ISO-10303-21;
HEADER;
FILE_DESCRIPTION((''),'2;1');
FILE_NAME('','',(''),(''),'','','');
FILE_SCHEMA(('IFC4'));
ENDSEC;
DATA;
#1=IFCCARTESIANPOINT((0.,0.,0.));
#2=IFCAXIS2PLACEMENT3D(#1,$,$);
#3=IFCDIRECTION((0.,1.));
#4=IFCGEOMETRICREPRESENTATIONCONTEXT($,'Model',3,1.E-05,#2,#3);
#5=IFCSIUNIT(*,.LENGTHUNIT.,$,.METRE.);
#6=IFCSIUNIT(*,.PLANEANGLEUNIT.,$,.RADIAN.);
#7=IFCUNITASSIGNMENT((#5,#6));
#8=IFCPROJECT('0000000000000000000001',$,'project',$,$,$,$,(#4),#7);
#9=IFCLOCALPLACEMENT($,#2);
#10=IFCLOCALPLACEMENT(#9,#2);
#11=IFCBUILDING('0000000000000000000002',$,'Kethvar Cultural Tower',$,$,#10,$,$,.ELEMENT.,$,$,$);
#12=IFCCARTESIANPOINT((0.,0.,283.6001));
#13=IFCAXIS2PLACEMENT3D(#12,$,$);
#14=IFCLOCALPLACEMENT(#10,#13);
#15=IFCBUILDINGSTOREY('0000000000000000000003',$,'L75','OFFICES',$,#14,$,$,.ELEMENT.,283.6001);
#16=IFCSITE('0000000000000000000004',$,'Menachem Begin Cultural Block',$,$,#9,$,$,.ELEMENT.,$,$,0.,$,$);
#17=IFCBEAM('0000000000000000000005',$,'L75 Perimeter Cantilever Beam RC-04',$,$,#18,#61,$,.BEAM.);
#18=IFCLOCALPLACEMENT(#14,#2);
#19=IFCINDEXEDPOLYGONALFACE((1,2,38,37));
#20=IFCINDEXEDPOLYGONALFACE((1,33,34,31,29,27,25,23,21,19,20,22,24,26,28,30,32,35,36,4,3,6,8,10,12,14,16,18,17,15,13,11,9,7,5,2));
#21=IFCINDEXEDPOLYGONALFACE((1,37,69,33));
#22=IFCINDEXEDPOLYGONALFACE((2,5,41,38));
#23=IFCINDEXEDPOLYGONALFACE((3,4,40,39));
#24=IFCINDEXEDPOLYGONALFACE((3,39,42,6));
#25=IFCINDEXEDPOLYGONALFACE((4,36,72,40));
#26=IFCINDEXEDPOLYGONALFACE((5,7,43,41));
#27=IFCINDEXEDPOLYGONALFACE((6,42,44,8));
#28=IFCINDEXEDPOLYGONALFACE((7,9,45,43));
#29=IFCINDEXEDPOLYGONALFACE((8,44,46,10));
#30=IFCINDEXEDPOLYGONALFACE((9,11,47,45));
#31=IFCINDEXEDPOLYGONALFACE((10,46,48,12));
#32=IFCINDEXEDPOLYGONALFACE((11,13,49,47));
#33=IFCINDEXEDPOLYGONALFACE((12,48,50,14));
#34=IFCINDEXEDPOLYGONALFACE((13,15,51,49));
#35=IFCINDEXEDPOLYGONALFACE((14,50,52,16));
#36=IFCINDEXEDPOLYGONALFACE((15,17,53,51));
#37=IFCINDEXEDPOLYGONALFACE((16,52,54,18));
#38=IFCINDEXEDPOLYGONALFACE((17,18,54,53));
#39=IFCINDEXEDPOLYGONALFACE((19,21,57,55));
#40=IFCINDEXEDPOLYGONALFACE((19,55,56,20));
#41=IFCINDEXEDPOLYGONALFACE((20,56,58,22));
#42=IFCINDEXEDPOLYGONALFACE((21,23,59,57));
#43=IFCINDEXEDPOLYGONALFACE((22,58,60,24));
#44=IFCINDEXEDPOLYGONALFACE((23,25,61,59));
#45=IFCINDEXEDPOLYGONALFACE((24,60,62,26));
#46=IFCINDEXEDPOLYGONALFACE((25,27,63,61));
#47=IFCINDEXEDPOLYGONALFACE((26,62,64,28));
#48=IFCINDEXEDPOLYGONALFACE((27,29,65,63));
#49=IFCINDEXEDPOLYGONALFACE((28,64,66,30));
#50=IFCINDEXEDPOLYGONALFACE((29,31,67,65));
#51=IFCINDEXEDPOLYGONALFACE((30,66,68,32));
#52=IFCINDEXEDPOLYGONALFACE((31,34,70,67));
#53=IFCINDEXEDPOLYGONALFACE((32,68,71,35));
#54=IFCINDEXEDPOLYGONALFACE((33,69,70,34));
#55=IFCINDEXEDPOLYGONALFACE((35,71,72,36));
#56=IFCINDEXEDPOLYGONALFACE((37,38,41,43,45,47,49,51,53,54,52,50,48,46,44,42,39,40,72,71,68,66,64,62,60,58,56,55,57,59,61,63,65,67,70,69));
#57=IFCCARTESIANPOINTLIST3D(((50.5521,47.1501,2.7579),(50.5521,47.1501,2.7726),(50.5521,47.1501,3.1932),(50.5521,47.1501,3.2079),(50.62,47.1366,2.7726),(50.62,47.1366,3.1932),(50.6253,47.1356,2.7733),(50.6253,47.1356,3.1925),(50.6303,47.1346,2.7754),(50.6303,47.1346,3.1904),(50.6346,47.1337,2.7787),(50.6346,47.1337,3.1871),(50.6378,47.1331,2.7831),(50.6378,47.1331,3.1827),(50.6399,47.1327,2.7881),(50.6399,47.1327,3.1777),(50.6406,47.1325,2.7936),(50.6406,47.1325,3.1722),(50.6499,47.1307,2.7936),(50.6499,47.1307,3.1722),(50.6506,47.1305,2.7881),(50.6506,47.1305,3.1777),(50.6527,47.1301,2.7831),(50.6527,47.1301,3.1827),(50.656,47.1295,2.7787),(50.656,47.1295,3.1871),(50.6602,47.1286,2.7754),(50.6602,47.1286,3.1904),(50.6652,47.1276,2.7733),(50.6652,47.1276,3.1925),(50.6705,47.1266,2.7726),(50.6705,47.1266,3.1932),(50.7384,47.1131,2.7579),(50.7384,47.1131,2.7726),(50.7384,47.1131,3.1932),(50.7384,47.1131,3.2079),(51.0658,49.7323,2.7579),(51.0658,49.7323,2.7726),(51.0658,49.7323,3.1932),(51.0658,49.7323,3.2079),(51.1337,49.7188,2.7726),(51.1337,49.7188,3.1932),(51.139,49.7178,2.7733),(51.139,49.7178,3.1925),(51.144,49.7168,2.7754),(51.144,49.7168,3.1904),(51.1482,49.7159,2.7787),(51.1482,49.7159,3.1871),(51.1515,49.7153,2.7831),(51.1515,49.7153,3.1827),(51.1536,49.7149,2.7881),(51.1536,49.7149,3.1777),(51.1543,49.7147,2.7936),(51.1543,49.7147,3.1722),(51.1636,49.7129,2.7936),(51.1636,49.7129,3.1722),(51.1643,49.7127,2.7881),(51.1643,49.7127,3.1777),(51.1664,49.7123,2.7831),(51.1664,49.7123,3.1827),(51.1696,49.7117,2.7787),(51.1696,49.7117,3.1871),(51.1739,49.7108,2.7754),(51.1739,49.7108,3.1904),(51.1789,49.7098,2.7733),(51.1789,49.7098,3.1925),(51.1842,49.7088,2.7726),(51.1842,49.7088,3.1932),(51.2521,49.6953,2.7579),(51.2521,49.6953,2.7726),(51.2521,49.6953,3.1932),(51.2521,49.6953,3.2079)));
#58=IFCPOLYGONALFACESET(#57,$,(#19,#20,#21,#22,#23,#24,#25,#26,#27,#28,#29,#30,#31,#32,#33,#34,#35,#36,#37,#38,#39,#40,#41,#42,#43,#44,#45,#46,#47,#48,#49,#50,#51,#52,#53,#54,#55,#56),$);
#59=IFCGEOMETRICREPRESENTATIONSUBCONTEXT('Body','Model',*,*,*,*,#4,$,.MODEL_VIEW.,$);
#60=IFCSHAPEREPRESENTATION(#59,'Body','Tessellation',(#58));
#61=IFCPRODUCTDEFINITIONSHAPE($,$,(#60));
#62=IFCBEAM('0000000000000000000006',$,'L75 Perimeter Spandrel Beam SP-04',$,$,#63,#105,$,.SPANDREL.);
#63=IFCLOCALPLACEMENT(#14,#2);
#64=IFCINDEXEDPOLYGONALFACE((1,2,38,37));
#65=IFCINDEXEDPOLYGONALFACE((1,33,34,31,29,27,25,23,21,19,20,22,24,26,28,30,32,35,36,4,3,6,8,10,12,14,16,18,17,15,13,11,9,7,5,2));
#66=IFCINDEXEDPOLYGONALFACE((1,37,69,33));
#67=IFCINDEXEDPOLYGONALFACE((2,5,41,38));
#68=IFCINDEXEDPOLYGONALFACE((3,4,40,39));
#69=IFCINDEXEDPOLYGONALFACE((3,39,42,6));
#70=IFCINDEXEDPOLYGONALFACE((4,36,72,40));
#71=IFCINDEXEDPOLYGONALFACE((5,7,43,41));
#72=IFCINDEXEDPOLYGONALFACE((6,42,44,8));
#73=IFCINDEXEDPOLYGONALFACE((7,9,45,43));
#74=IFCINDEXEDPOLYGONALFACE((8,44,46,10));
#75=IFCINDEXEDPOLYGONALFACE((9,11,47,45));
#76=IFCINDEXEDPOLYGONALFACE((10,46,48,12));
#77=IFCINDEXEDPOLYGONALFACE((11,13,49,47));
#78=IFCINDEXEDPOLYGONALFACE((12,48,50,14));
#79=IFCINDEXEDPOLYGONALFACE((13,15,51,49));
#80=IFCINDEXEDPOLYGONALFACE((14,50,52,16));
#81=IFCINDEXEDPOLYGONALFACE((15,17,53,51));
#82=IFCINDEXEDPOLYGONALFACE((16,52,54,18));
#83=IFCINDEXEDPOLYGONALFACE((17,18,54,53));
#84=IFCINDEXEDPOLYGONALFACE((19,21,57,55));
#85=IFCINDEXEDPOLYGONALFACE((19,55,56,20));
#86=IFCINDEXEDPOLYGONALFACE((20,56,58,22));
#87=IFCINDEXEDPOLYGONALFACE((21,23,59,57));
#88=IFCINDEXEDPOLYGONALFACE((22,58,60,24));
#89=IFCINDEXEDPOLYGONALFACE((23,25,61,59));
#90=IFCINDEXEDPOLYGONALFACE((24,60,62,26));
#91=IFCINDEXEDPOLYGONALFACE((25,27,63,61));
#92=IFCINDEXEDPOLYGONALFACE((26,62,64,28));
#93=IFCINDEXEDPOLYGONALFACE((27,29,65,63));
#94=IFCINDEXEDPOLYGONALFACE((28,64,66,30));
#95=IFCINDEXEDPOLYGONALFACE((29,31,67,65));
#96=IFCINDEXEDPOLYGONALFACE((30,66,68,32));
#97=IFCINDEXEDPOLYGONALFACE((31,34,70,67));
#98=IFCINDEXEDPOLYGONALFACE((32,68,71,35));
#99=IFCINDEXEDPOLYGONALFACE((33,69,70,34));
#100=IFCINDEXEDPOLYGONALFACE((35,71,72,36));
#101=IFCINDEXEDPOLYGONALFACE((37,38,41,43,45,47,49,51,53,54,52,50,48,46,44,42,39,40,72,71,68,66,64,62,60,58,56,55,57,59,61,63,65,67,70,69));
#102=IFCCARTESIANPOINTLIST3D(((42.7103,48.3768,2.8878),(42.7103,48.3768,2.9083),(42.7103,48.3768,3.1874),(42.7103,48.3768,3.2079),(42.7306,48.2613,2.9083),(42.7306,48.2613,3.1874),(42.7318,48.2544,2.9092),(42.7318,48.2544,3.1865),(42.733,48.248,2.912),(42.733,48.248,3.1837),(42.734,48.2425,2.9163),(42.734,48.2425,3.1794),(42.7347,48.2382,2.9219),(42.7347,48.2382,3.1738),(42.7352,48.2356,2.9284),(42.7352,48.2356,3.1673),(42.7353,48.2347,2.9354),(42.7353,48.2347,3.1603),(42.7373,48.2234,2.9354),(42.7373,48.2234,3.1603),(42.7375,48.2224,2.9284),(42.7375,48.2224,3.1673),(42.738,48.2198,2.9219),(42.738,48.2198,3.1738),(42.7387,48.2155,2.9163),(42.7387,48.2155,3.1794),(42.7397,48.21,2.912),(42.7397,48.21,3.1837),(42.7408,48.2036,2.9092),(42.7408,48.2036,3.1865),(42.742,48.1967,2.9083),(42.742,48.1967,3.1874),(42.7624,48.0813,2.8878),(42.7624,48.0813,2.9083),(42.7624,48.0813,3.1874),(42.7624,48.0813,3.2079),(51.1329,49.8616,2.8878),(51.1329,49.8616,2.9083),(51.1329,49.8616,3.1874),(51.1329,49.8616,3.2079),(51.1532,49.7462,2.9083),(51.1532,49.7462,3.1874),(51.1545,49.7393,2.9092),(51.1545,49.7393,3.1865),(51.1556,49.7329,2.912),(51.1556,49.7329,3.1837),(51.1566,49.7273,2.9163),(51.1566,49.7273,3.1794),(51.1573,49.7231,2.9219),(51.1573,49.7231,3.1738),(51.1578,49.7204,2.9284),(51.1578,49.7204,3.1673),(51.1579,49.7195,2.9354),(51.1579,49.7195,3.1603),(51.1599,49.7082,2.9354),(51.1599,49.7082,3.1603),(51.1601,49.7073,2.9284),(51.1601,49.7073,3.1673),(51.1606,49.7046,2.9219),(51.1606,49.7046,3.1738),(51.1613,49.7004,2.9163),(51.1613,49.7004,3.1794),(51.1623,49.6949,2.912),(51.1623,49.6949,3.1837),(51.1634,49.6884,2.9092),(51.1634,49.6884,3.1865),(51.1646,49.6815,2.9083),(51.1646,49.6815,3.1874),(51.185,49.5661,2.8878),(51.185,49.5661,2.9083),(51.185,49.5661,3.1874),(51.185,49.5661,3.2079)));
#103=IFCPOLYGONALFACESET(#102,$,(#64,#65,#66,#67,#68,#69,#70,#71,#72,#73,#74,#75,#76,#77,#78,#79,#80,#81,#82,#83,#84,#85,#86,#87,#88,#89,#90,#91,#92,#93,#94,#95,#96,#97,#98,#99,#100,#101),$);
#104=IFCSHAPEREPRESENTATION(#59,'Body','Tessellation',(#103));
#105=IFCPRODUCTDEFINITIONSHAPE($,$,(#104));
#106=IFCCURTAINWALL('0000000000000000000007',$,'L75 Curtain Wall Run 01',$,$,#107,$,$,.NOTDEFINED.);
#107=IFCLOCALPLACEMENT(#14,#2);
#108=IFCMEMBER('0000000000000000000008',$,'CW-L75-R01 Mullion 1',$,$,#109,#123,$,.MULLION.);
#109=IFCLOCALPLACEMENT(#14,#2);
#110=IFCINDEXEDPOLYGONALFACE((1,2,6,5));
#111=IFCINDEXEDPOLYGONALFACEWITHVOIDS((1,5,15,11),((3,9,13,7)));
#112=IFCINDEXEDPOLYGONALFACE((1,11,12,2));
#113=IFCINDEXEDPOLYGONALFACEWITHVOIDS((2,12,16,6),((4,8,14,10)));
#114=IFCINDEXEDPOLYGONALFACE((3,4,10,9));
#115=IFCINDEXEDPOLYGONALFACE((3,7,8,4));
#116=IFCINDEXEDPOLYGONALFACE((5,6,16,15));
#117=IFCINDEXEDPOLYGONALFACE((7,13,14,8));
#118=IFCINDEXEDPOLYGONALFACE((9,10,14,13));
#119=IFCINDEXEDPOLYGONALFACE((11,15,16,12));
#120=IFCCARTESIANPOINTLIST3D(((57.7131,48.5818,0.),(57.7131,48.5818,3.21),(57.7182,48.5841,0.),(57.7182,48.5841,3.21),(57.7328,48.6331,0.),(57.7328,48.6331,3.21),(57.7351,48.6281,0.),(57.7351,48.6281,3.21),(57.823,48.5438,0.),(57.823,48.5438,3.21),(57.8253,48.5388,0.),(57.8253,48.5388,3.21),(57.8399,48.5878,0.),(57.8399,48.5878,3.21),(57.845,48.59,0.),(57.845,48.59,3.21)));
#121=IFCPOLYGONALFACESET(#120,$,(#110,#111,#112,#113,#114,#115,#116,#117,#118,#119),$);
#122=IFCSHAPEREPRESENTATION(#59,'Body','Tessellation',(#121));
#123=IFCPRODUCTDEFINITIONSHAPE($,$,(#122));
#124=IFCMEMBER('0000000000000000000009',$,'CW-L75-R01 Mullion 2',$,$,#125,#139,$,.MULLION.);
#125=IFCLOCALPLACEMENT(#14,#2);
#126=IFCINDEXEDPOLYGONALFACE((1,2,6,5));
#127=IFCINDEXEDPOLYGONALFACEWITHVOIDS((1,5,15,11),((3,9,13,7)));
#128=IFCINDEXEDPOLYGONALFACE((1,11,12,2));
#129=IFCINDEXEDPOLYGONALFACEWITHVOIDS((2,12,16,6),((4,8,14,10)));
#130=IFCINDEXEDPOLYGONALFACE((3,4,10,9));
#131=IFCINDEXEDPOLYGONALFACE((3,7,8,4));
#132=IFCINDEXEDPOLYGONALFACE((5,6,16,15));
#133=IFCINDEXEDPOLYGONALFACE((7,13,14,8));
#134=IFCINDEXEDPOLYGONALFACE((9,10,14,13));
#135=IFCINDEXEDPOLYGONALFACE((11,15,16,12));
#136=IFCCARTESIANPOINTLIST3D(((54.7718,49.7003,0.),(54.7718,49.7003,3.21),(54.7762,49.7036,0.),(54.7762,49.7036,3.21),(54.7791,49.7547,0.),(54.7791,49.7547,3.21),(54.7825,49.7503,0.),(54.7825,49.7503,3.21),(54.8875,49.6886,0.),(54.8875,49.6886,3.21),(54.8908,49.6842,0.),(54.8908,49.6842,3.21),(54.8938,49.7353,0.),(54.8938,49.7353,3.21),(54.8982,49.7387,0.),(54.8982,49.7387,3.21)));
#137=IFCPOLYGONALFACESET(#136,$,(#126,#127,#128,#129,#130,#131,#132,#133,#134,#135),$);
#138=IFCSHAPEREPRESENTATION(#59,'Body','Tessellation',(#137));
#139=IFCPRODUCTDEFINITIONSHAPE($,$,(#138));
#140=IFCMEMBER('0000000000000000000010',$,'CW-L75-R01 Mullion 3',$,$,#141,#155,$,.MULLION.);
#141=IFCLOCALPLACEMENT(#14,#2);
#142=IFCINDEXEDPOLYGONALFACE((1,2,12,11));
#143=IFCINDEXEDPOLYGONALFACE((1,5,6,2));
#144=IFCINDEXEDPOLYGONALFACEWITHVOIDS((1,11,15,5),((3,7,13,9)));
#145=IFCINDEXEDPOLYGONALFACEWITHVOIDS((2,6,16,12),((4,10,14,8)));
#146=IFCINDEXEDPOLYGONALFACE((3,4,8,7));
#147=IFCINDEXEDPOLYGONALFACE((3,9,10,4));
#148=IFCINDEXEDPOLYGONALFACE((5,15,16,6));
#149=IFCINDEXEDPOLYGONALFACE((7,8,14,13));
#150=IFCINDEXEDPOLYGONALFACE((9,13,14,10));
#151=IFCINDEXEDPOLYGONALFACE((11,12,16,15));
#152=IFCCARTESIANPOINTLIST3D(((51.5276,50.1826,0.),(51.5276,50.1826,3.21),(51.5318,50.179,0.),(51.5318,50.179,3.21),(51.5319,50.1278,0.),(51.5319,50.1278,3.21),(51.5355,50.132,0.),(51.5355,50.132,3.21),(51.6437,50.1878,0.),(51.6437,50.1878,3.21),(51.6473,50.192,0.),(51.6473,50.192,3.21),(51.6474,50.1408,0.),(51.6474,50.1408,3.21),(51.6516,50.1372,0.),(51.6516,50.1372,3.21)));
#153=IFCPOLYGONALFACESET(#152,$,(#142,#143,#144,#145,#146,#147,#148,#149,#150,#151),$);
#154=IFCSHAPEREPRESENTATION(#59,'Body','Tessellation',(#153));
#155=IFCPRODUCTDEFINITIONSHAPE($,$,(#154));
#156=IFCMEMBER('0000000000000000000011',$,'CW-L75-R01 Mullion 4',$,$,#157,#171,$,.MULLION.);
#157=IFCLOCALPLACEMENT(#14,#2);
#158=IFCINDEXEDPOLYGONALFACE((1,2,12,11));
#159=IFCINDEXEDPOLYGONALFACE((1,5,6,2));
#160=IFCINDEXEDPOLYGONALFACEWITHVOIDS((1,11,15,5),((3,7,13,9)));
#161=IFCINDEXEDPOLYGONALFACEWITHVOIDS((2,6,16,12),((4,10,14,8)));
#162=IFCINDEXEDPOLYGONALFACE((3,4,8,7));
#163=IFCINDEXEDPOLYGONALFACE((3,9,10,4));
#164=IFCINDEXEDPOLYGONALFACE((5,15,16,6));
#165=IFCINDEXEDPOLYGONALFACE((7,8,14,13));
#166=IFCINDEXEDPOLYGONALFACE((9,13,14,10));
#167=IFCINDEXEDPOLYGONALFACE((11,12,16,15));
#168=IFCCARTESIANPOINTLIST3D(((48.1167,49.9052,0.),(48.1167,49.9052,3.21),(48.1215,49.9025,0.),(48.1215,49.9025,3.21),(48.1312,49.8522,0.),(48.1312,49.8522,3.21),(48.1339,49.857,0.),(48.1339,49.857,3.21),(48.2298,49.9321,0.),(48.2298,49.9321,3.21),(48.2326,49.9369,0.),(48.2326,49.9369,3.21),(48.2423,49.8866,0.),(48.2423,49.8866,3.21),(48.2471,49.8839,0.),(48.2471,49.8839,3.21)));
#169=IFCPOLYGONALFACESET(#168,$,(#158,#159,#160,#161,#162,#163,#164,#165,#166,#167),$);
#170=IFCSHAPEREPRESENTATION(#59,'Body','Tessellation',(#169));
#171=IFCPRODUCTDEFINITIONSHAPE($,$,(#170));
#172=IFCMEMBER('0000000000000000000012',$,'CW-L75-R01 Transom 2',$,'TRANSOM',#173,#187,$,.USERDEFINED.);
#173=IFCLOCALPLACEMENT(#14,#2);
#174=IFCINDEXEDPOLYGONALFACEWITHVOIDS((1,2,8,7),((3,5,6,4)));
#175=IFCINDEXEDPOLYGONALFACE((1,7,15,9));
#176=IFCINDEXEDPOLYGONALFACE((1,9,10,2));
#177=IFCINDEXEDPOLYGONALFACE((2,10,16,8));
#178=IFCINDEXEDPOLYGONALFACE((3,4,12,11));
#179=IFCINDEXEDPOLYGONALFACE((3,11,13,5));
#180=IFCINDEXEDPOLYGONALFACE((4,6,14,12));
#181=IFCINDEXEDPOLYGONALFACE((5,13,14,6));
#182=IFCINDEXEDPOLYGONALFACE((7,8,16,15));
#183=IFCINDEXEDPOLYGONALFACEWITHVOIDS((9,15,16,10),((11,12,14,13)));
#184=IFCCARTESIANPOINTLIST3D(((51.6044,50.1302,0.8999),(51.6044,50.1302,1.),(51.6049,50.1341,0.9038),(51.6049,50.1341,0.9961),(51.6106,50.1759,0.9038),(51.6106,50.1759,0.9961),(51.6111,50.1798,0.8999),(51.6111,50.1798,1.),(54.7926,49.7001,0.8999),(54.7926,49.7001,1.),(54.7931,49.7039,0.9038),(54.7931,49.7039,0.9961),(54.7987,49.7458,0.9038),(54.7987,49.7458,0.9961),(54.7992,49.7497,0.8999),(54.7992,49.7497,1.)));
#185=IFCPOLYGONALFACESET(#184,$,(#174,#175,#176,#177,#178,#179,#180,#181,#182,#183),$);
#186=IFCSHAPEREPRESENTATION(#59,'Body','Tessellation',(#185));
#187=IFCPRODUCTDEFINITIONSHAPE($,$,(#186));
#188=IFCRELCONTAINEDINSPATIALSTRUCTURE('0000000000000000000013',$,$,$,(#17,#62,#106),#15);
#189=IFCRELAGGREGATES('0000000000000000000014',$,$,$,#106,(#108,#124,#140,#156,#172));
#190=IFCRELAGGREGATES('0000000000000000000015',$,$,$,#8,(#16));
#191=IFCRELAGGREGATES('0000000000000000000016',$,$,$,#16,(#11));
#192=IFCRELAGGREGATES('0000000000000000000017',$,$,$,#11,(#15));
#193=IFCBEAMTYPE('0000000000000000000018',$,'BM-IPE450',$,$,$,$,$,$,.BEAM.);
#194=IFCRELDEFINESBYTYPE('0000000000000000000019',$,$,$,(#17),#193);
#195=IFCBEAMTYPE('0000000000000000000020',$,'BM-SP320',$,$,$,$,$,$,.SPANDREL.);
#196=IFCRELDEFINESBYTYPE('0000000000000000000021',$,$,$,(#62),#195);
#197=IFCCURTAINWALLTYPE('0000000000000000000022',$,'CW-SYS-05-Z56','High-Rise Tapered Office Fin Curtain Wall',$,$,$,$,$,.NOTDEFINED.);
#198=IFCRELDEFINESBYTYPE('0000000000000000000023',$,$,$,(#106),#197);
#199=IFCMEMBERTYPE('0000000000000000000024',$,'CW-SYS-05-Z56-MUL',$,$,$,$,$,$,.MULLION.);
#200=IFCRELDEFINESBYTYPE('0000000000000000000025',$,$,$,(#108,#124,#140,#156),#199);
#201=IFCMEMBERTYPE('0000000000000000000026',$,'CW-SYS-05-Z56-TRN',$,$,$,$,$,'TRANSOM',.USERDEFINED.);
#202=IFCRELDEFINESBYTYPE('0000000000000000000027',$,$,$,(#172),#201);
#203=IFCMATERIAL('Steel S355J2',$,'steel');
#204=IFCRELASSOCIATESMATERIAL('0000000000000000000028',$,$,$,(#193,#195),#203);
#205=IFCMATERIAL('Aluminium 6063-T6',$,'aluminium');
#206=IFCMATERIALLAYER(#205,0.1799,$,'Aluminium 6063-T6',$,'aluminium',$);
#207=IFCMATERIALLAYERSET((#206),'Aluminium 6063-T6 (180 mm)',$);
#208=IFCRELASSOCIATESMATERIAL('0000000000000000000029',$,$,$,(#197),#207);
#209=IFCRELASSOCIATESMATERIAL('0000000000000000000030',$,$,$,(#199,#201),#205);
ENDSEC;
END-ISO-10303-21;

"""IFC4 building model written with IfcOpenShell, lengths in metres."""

from ifc_helpers import new_model, si_unit, direction, frame, origin, origin_2d, place, context, subcontext, project, spatial, hollow_rectangle, i_section, extrude, source, transform, mapped, material, layer, layer_set, material_profile, profile_set, type_object, element, aggregate, save


model = new_model("IFC4")

# Units and contexts
model_context = context("Model", 3, precision=1e-05, world=origin(), true_north=direction((0.0, 1.0)))
body_context = subcontext(model_context, "Body", "Model", "MODEL_VIEW")
ifc_project = project(units=[si_unit("LENGTHUNIT", "METRE"), si_unit("PLANEANGLEUNIT", "RADIAN")], contexts=[model_context])

# Site, building, storey
site_placement = place(None, origin())
site = spatial("IfcSite", under=ifc_project, at=site_placement, Name="Menachem Begin Cultural Block", CompositionType="ELEMENT", RefElevation=0.0)
building_placement = place(site_placement, origin())
building = spatial("IfcBuilding", under=site, at=building_placement, Name="Kethvar Cultural Tower", CompositionType="ELEMENT")
storey_placement = place(building_placement, frame((0.0, 0.0, 283.6001)))
storey = spatial("IfcBuildingStorey", under=building, at=storey_placement, Name="L75", Description="OFFICES", CompositionType="ELEMENT", Elevation=283.6001)

# Shared definitions
ifc_material_1 = material(Name="Steel S355J2", Category="steel")

# Beams
ifc_material_profile_1 = material_profile(ifc_material_1, i_section(OverallWidth=0.1899, OverallDepth=0.45, WebThickness=0.0095, FlangeThickness=0.0146, FilletRadius=0.021, at=origin_2d()), Name="Steel S355J2 — IPE450")
ifc_profile_set_1 = profile_set([ifc_material_profile_1], Name="Steel S355J2 — IPE450")
beam_type_1 = type_object("IfcBeamType", Name="BM-IPE450", PredefinedType="BEAM", material=ifc_profile_set_1)
shared_shape_1 = source(origin(), body_context, "Body", "SweptSolid", [
    extrude(i_section(OverallWidth=0.1899, OverallDepth=0.45, WebThickness=0.0095, FlangeThickness=0.0146, FilletRadius=0.021, at=origin_2d()), origin(), (0.0, 0.0, 1.0), 2.6328),
])
beam_1_placement = place(storey_placement, frame((50.6453, 47.1316, 2.9829), z_axis=(0.1951, 0.980783, 0.0), x_axis=(-0.980783, 0.1951, 0.0)))
element("IfcBeam", 1, at=beam_1_placement, inside=storey, type_object=beam_type_1, Name="L75 Perimeter Cantilever Beam RC-04", PredefinedType="BEAM", context=body_context, shape_type="MappedRepresentation", body=[
    mapped(shared_shape_1, transform((0.0, 0.0, 0.0), scale=1.0)),
])
ifc_material_profile_2 = material_profile(ifc_material_1, i_section(OverallWidth=0.3, OverallDepth=0.3201, WebThickness=0.0115, FlangeThickness=0.0205, FilletRadius=0.0271, at=origin_2d()), Name="Steel S355J2 — HEB320")
ifc_profile_set_2 = profile_set([ifc_material_profile_2], Name="Steel S355J2 — HEB320")
beam_type_2 = type_object("IfcBeamType", Name="BM-SP320", PredefinedType="SPANDREL", material=ifc_profile_set_2)
shared_shape_2 = source(origin(), body_context, "Body", "SweptSolid", [
    extrude(i_section(OverallWidth=0.3, OverallDepth=0.3201, WebThickness=0.0115, FlangeThickness=0.0205, FilletRadius=0.0271, at=origin_2d()), origin(), (0.0, 0.0, 1.0), 8.5525),
])
beam_2_placement = place(storey_placement, frame((51.1589, 49.7139, 3.0479), z_axis=(-0.984813, -0.173618, 0.0), x_axis=(0.173618, -0.984813, 0.0)))
element("IfcBeam", 2, at=beam_2_placement, inside=storey, type_object=beam_type_2, Name="L75 Perimeter Spandrel Beam SP-04", PredefinedType="SPANDREL", context=body_context, shape_type="MappedRepresentation", body=[
    mapped(shared_shape_2, transform((0.0, 0.0, 0.0), scale=1.0)),
])

# Curtain wall, members
ifc_material_2 = material(Name="Aluminium 6063-T6", Category="aluminium")
ifc_layer_1 = layer(ifc_material_2, 0.1799, Name="Aluminium 6063-T6", Category="aluminium")
ifc_layer_set_1 = layer_set([ifc_layer_1], Name="Aluminium 6063-T6 (180 mm)")
curtain_wall_type = type_object("IfcCurtainWallType", Name="CW-SYS-05-Z56", Description="High-Rise Tapered Office Fin Curtain Wall", PredefinedType="NOTDEFINED", material=ifc_layer_set_1)
curtain_wall_placement = place(storey_placement, origin())
curtain_wall = element("IfcCurtainWall", 3, at=curtain_wall_placement, inside=storey, type_object=curtain_wall_type, Name="L75 Curtain Wall Run 01", PredefinedType="NOTDEFINED")
ifc_material_profile_3 = material_profile(ifc_material_2, hollow_rectangle(XDim=0.0549, YDim=0.1201, WallThickness=0.0039, at=origin_2d()), Name="Aluminium 6063-T6 — RHS120x55x4")
ifc_profile_set_3 = profile_set([ifc_material_profile_3], Name="Aluminium 6063-T6 — RHS120x55x4")
member_type_1 = type_object("IfcMemberType", Name="CW-SYS-05-Z56-MUL", PredefinedType="MULLION", material=ifc_profile_set_3)
shared_shape_3 = source(origin(), body_context, "Body", "SweptSolid", [
    extrude(hollow_rectangle(XDim=0.0549, YDim=0.1201, WallThickness=0.0039, at=origin_2d()), origin(), (0.0, 0.0, 1.0), 3.21),
])
member_1_placement = place(storey_placement, frame((57.7791, 48.5859, 0.0), z_axis=(0.0, 0.0, 1.0), x_axis=(-0.358531, -0.933518, 0.0)))
member_1 = element("IfcMember", 4, at=member_1_placement, type_object=member_type_1, Name="CW-L75-R01 Mullion 1", PredefinedType="MULLION", context=body_context, shape_type="MappedRepresentation", body=[
    mapped(shared_shape_3, transform((0.0, 0.0, 0.0), scale=1.0)),
])
member_2_placement = place(storey_placement, frame((54.835, 49.7195, 0.0), z_axis=(0.0, 0.0, 1.0), x_axis=(-0.133761, -0.991014, 0.0)))
member_2 = element("IfcMember", 5, at=member_2_placement, type_object=member_type_1, Name="CW-L75-R01 Mullion 2", PredefinedType="MULLION", context=body_context, shape_type="MappedRepresentation", body=[
    mapped(shared_shape_3, transform((0.0, 0.0, 0.0), scale=1.0)),
])
member_3_placement = place(storey_placement, frame((51.5896, 50.1599, 0.0), z_axis=(0.0, 0.0, 1.0), x_axis=(0.078129, -0.996943, 0.0)))
member_3 = element("IfcMember", 6, at=member_3_placement, type_object=member_type_1, Name="CW-L75-R01 Mullion 3", PredefinedType="MULLION", context=body_context, shape_type="MappedRepresentation", body=[
    mapped(shared_shape_3, transform((0.0, 0.0, 0.0), scale=1.0)),
])
member_4_placement = place(storey_placement, frame((48.1819, 49.8945, 0.0), z_axis=(0.0, 0.0, 1.0), x_axis=(0.26357, -0.96464, 0.0)))
member_4 = element("IfcMember", 7, at=member_4_placement, type_object=member_type_1, Name="CW-L75-R01 Mullion 4", PredefinedType="MULLION", context=body_context, shape_type="MappedRepresentation", body=[
    mapped(shared_shape_3, transform((0.0, 0.0, 0.0), scale=1.0)),
])
ifc_material_profile_4 = material_profile(ifc_material_2, hollow_rectangle(XDim=0.05, YDim=0.1001, WallThickness=0.0039, at=origin_2d()), Name="Aluminium 6063-T6 — RHS100x50x4")
ifc_profile_set_4 = profile_set([ifc_material_profile_4], Name="Aluminium 6063-T6 — RHS100x50x4")
member_type_2 = type_object("IfcMemberType", Name="CW-SYS-05-Z56-TRN", ElementType="TRANSOM", PredefinedType="USERDEFINED", material=ifc_profile_set_4)
shared_shape_4 = source(origin(), body_context, "Body", "SweptSolid", [
    extrude(hollow_rectangle(XDim=0.05, YDim=0.1001, WallThickness=0.0039, at=origin_2d()), origin(), (0.0, 0.0, 1.0), 3.217),
])
member_5_placement = place(storey_placement, frame((54.7959, 49.7249, 0.95), z_axis=(-0.99102, 0.133714, 0.0), x_axis=(-0.133714, -0.99102, 0.0)))
member_5 = element("IfcMember", 8, at=member_5_placement, type_object=member_type_2, Name="CW-L75-R01 Transom 2", ObjectType="TRANSOM", PredefinedType="USERDEFINED", context=body_context, shape_type="MappedRepresentation", body=[
    mapped(shared_shape_4, transform((0.0, 0.0, 0.0), scale=1.0)),
])
aggregate(curtain_wall, [member_1, member_2, member_3, member_4, member_5])

save(model, "model.ifc")
